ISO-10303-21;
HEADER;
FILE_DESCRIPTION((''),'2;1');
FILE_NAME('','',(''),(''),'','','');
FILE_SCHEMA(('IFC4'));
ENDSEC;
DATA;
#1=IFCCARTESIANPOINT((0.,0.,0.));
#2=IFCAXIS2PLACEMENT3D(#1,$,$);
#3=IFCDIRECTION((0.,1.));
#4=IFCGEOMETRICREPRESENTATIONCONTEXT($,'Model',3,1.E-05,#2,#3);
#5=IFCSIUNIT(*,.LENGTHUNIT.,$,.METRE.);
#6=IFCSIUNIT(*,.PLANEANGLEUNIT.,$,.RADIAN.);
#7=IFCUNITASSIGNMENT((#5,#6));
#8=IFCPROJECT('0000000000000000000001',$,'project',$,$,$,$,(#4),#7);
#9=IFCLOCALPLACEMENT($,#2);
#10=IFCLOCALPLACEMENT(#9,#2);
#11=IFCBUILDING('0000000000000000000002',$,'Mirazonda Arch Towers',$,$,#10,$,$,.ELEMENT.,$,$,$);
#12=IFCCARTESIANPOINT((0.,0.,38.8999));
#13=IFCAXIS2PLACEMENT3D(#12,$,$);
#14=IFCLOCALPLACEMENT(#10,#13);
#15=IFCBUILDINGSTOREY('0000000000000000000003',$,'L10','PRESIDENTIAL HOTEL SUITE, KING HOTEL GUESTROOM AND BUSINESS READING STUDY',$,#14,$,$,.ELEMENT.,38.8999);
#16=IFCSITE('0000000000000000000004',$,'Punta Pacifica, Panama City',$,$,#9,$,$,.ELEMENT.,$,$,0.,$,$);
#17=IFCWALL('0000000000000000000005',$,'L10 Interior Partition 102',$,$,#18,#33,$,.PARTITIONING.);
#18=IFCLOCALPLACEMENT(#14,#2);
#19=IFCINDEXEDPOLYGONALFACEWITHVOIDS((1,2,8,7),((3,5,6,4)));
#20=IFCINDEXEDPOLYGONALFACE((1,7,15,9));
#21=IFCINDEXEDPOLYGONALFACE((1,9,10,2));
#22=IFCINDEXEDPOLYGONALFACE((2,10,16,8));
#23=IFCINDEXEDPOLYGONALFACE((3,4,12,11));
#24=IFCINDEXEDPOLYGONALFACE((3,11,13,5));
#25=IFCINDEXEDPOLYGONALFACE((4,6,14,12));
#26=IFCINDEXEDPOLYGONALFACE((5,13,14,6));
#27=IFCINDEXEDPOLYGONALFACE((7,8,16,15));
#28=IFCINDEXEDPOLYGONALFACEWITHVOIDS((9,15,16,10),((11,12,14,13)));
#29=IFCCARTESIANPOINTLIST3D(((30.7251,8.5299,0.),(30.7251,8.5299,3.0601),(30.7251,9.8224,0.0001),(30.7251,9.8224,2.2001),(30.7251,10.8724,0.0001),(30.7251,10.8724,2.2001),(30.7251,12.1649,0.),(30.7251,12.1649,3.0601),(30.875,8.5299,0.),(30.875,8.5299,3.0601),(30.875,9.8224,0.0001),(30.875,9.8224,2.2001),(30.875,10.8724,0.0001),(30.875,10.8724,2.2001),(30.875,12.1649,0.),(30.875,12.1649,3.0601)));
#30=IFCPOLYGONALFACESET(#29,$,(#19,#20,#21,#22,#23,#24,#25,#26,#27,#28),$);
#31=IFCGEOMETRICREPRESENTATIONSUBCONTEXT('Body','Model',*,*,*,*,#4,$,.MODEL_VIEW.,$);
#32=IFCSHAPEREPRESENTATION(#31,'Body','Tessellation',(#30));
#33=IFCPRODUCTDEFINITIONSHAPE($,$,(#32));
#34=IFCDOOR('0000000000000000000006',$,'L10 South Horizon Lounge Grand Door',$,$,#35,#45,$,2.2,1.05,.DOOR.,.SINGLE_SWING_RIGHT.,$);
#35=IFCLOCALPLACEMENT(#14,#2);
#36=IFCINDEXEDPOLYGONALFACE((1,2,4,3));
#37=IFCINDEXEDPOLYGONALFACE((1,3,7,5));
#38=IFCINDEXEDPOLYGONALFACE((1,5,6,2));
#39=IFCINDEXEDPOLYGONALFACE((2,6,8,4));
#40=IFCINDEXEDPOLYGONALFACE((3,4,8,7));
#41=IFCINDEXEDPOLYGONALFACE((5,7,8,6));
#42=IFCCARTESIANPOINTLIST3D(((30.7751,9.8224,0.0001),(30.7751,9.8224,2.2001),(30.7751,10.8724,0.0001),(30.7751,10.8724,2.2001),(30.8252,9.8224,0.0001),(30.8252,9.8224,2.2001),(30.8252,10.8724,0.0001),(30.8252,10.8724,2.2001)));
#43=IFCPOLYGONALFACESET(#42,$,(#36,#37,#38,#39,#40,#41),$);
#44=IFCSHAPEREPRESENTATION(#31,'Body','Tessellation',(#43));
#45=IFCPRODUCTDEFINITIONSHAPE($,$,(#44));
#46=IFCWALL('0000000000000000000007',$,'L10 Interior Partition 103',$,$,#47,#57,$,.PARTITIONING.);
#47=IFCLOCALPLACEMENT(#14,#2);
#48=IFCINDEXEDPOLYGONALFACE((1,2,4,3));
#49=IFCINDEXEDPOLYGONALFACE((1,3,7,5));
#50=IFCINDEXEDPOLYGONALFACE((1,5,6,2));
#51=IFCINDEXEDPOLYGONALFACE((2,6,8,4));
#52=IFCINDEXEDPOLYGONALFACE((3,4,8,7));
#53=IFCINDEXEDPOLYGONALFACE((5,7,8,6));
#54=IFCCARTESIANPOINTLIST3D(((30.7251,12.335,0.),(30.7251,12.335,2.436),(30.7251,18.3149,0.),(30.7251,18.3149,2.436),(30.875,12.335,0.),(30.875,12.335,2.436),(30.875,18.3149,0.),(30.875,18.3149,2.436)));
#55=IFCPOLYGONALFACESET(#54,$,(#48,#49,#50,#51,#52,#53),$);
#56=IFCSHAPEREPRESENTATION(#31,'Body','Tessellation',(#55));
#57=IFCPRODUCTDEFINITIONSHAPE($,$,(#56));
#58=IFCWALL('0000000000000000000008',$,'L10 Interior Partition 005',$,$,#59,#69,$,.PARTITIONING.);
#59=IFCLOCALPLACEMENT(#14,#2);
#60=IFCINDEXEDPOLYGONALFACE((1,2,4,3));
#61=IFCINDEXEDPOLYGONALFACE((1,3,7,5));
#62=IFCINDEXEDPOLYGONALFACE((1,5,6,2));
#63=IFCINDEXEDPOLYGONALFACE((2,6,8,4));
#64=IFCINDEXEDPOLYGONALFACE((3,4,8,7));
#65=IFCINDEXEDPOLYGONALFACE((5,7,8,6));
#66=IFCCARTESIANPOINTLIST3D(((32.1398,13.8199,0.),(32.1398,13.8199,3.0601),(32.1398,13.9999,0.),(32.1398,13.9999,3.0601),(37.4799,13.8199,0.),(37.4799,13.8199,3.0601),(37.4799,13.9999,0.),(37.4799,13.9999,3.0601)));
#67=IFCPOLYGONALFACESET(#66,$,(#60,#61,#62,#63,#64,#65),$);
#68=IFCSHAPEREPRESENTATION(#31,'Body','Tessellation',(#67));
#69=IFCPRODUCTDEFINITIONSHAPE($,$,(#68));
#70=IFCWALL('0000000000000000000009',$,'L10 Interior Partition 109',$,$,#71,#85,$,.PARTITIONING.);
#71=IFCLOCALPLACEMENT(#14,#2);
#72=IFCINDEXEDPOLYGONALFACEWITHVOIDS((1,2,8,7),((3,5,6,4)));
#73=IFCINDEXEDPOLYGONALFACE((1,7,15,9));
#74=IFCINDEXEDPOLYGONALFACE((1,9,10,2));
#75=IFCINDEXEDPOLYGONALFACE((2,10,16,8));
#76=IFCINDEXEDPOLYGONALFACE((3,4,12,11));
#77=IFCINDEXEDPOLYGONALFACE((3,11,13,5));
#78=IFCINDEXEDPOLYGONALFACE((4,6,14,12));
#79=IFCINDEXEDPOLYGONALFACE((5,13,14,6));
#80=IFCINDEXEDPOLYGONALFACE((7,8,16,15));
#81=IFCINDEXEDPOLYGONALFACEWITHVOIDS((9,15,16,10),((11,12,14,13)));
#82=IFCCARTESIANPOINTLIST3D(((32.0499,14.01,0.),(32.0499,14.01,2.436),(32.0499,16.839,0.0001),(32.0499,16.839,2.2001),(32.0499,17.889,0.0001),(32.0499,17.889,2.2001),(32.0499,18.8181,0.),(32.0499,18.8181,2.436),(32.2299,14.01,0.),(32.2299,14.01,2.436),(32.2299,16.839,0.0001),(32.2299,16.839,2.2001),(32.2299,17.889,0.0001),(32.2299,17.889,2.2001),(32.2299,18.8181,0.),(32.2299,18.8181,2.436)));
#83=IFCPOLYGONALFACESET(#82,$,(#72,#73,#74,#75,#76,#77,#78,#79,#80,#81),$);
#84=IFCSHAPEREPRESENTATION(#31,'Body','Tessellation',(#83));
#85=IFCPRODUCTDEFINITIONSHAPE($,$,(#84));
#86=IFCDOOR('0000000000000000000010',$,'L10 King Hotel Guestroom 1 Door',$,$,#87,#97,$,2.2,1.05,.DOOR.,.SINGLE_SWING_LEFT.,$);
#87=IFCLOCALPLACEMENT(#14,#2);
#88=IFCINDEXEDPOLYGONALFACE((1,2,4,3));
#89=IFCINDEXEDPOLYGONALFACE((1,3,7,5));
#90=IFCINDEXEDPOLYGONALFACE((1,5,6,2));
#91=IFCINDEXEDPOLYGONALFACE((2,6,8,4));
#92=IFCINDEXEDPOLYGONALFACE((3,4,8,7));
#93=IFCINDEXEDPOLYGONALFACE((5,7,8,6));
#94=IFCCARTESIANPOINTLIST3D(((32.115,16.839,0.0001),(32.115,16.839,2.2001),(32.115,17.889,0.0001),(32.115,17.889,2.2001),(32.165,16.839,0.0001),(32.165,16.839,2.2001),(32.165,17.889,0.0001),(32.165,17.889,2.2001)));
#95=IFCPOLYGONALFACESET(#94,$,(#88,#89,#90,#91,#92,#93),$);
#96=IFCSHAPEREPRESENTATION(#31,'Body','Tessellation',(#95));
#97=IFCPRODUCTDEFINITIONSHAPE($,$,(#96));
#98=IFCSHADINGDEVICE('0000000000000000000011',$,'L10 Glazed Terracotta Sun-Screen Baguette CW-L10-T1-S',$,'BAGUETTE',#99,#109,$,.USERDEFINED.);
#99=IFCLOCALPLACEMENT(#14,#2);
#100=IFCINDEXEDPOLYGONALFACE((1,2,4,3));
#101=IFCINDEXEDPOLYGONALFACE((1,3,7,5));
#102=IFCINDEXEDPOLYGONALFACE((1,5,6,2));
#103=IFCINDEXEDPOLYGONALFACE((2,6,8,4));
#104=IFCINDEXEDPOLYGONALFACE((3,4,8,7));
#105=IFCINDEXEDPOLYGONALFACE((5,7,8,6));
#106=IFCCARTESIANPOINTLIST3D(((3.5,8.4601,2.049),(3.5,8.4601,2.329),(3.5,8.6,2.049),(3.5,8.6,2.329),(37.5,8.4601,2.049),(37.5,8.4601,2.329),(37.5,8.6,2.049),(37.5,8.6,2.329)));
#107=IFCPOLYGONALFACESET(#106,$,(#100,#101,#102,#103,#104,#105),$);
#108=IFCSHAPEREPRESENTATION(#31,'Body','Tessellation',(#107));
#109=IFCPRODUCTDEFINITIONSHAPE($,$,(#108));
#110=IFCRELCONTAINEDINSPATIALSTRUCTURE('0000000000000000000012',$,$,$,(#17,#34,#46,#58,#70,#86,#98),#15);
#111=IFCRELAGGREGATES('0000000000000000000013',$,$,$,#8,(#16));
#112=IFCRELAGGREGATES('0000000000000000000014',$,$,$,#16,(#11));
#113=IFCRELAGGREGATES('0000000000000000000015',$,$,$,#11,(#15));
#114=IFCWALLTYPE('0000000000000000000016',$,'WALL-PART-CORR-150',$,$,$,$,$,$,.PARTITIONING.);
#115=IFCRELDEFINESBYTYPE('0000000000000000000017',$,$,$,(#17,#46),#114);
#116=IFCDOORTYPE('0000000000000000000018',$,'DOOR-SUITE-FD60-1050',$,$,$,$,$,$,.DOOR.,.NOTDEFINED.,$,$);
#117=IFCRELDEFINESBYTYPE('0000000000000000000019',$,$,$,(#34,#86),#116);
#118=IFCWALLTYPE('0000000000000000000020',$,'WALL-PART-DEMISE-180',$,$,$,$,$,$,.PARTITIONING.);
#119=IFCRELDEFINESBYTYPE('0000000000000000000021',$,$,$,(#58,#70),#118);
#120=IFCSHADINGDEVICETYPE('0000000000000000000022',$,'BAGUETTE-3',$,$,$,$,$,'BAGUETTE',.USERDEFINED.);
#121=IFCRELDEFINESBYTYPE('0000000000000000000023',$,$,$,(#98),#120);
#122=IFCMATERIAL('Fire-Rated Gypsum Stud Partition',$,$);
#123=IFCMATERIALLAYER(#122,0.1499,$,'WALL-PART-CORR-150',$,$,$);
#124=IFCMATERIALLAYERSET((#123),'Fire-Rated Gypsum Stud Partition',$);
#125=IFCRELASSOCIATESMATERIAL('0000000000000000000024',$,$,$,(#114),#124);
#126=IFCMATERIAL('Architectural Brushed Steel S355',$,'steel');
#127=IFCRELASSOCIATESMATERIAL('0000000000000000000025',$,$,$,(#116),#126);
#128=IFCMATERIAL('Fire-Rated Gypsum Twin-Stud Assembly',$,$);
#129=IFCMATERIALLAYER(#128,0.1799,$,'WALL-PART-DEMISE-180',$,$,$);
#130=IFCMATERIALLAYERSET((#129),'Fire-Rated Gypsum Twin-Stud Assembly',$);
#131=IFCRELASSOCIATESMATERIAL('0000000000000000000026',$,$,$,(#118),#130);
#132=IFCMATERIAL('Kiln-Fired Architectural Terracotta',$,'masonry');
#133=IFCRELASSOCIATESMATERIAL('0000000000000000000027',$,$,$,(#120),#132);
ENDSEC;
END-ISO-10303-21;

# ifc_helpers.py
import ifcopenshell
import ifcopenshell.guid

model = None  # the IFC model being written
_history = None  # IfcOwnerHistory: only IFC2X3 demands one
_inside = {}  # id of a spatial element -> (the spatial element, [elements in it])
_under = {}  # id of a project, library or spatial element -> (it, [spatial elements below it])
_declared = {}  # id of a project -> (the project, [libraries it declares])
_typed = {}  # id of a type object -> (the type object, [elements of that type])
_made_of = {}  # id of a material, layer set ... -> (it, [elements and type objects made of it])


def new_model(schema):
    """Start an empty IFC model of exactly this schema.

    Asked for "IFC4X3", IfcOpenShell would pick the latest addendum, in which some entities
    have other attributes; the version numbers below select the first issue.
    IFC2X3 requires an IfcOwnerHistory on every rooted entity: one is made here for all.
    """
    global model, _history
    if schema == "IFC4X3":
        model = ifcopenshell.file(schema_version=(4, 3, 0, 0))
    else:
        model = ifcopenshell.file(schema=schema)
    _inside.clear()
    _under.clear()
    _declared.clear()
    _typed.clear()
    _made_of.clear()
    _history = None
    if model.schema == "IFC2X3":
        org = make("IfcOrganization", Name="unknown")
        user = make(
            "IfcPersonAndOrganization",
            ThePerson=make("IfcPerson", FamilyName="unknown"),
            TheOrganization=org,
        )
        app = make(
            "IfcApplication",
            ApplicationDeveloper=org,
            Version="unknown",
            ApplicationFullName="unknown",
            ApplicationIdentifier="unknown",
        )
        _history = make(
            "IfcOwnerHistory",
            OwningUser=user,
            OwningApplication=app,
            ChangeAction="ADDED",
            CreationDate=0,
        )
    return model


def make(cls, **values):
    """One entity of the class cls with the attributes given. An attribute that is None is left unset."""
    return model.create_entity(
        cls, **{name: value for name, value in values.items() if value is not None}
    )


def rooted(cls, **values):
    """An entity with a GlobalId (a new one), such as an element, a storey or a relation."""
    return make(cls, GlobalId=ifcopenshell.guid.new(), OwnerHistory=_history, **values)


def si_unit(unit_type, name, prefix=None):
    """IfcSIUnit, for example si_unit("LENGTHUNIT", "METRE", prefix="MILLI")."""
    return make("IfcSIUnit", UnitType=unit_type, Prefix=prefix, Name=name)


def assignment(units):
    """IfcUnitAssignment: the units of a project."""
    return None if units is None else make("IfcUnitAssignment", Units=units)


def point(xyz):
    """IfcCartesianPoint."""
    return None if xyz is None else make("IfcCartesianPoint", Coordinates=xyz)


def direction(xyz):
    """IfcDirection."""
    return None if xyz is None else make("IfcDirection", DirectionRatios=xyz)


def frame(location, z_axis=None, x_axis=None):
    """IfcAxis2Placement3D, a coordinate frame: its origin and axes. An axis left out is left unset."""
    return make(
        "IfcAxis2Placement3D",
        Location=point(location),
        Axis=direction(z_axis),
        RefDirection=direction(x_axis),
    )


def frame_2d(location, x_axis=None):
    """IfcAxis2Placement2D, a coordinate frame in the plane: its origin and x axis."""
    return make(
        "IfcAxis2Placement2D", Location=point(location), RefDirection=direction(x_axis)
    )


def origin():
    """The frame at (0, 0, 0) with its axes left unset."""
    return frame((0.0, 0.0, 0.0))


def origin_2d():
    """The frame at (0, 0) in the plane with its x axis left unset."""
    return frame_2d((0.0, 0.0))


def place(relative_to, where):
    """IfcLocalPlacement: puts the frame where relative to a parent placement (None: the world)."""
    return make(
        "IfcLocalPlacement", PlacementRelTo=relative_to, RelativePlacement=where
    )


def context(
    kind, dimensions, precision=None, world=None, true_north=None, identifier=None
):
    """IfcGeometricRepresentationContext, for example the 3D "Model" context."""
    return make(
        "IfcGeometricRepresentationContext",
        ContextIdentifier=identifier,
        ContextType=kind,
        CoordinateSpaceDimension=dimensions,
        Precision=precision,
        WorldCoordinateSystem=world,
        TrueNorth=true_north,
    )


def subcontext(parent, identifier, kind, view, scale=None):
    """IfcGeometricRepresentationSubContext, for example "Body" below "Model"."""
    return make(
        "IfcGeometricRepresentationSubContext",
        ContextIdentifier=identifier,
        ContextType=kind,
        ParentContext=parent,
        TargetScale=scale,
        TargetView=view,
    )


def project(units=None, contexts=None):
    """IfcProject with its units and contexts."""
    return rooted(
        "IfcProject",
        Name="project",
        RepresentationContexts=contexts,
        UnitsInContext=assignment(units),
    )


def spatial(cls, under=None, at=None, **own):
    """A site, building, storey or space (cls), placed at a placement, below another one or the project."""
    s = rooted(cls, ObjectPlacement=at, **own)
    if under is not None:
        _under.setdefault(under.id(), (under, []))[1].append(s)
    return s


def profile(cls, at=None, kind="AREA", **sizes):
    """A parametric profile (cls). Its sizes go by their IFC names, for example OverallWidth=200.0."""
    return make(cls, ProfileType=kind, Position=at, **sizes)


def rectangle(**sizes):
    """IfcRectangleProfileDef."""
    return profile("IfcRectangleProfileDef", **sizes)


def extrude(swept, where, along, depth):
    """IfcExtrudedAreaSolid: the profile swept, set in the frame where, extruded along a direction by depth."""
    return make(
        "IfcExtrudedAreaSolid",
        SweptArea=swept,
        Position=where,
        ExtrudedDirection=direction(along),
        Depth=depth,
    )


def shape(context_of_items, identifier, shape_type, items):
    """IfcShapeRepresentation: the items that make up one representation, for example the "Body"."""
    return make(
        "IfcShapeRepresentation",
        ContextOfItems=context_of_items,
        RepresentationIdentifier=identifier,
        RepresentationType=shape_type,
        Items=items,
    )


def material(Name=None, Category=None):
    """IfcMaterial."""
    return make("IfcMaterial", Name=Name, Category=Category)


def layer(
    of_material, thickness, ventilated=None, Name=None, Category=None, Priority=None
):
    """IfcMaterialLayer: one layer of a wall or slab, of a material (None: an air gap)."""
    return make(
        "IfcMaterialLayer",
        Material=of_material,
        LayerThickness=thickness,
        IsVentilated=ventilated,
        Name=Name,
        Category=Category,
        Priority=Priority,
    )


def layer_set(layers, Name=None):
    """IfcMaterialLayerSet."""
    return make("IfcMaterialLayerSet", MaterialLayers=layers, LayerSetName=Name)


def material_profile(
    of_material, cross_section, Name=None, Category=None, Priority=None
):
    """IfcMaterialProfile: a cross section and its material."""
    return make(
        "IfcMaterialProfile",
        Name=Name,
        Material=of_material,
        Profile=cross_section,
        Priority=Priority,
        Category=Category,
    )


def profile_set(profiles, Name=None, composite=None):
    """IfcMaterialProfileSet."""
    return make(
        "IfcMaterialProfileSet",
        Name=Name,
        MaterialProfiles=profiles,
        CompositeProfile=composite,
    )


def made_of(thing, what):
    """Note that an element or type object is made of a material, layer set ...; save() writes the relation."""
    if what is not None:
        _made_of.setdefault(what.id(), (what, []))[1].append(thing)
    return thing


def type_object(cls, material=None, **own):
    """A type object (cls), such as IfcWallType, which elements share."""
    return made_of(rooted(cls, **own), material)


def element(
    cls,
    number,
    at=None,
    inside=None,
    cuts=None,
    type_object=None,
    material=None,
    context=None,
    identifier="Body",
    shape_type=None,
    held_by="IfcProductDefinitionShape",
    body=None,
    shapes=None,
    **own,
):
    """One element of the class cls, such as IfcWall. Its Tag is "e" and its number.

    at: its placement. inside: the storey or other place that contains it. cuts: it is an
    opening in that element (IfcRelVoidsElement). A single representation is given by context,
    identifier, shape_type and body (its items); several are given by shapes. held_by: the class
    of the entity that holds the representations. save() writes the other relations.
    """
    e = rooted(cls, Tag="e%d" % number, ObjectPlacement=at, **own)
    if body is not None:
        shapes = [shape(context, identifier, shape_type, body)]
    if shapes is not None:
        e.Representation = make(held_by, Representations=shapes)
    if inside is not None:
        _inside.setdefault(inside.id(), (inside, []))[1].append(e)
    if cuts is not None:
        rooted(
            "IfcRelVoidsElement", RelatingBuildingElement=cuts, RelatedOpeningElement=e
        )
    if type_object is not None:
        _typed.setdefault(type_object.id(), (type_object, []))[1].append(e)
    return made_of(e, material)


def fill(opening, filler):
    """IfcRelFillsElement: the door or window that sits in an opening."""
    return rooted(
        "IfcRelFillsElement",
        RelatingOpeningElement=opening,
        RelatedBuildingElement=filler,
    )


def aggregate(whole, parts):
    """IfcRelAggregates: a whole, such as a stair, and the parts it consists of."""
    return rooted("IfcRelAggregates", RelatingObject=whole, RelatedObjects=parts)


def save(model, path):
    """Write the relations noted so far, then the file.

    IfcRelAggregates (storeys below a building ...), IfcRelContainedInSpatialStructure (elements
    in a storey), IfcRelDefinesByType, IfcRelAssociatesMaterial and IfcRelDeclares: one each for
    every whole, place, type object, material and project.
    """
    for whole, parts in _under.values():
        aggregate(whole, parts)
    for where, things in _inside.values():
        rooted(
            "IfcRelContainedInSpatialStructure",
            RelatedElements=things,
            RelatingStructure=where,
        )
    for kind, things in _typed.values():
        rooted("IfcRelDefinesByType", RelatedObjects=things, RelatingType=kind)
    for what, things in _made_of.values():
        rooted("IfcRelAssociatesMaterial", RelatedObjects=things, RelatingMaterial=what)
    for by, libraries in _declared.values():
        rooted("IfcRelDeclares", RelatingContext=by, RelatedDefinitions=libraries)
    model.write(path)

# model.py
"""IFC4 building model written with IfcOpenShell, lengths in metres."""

from ifc_helpers import new_model, si_unit, direction, frame, frame_2d, origin, origin_2d, place, context, subcontext, project, spatial, rectangle, extrude, material, layer, layer_set, material_profile, profile_set, type_object, element, fill, save


model = new_model("IFC4")

# Units and contexts
model_context = context("Model", 3, precision=1e-05, world=origin(), true_north=direction((0.0, 1.0)))
body_context = subcontext(model_context, "Body", "Model", "MODEL_VIEW")
ifc_project = project(units=[si_unit("LENGTHUNIT", "METRE"), si_unit("PLANEANGLEUNIT", "RADIAN")], contexts=[model_context])

# Site, building, storey
site_placement = place(None, origin())
site = spatial("IfcSite", under=ifc_project, at=site_placement, Name="Punta Pacifica, Panama City", CompositionType="ELEMENT", RefElevation=0.0)
building_placement = place(site_placement, origin())
building = spatial("IfcBuilding", under=site, at=building_placement, Name="Mirazonda Arch Towers", CompositionType="ELEMENT")
storey_placement = place(building_placement, frame((0.0, 0.0, 38.8999)))
storey = spatial("IfcBuildingStorey", under=building, at=storey_placement, Name="L10", Description="PRESIDENTIAL HOTEL SUITE, KING HOTEL GUESTROOM AND BUSINESS READING STUDY", CompositionType="ELEMENT", Elevation=38.8999)

# Shared definitions
ifc_material_1 = material(Name="Fire-Rated Gypsum Stud Partition")
ifc_layer_1 = layer(ifc_material_1, 0.1499, Name="WALL-PART-CORR-150")
ifc_layer_set_1 = layer_set([ifc_layer_1], Name="Fire-Rated Gypsum Stud Partition")
wall_type_1 = type_object("IfcWallType", Name="WALL-PART-CORR-150", PredefinedType="PARTITIONING", material=ifc_layer_set_1)

# Wall, opening, door
wall_1_placement = place(storey_placement, frame((30.8, 8.53, 0.0), z_axis=(0.0, 0.0, 1.0), x_axis=(0.0, 1.0, 0.0)))
wall_1 = element("IfcWall", 1, at=wall_1_placement, inside=storey, type_object=wall_type_1, Name="L10 Interior Partition 102", PredefinedType="PARTITIONING", context=body_context, shape_type="SweptSolid", body=[
    extrude(rectangle(XDim=3.635, YDim=0.1499, at=frame_2d((1.8174, 0.0))), origin(), (0.0, 0.0, 1.0), 3.0601),
])
opening_1_placement = place(wall_1_placement, frame((1.2925, 0.0, 0.0)))
opening_1 = element("IfcOpeningElement", 2, at=opening_1_placement, cuts=wall_1, PredefinedType="OPENING", context=body_context, shape_type="SweptSolid", body=[
    extrude(rectangle(XDim=1.05, YDim=2.2, at=frame_2d((0.5249, 1.1001))), frame((0.0, 0.085, 0.0), z_axis=(0.0, -1.0, 0.0), x_axis=(1.0, 0.0, 0.0)), (0.0, 0.0, 1.0), 0.1699),
])
ifc_material_2 = material(Name="Architectural Brushed Steel S355", Category="steel")
door_type_1 = type_object("IfcDoorType", Name="DOOR-SUITE-FD60-1050", OperationType="NOTDEFINED", PredefinedType="DOOR", material=ifc_material_2)
door_1_placement = place(opening_1_placement, origin())
door_1 = element("IfcDoor", 3, at=door_1_placement, inside=storey, type_object=door_type_1, Name="L10 South Horizon Lounge Grand Door", OperationType="SINGLE_SWING_RIGHT", OverallHeight=2.2, OverallWidth=1.05, PredefinedType="DOOR", context=body_context, shape_type="SweptSolid", body=[
    extrude(rectangle(XDim=1.05, YDim=2.2, at=frame_2d((0.5249, 1.1001))), frame((0.0, 0.0249, 0.0), z_axis=(0.0, -1.0, 0.0), x_axis=(1.0, 0.0, 0.0)), (0.0, 0.0, 1.0), 0.05),
])
fill(opening_1, door_1)

# Walls
wall_2_placement = place(storey_placement, frame((30.8, 12.335, 0.0), z_axis=(0.0, 0.0, 1.0), x_axis=(0.0, 1.0, 0.0)))
element("IfcWall", 4, at=wall_2_placement, inside=storey, type_object=wall_type_1, Name="L10 Interior Partition 103", PredefinedType="PARTITIONING", context=body_context, shape_type="SweptSolid", body=[
    extrude(rectangle(XDim=5.98, YDim=0.1499, at=frame_2d((2.99, 0.0))), origin(), (0.0, 0.0, 1.0), 2.436),
])
ifc_material_3 = material(Name="Fire-Rated Gypsum Twin-Stud Assembly")
ifc_layer_2 = layer(ifc_material_3, 0.1799, Name="WALL-PART-DEMISE-180")
ifc_layer_set_2 = layer_set([ifc_layer_2], Name="Fire-Rated Gypsum Twin-Stud Assembly")
wall_type_2 = type_object("IfcWallType", Name="WALL-PART-DEMISE-180", PredefinedType="PARTITIONING", material=ifc_layer_set_2)
wall_3_placement = place(storey_placement, frame((32.1399, 13.9099, 0.0), z_axis=(0.0, 0.0, 1.0), x_axis=(1.0, 0.0, 0.0)))
element("IfcWall", 5, at=wall_3_placement, inside=storey, type_object=wall_type_2, Name="L10 Interior Partition 005", PredefinedType="PARTITIONING", context=body_context, shape_type="SweptSolid", body=[
    extrude(rectangle(XDim=5.3401, YDim=0.1799, at=frame_2d((2.6699, 0.0))), origin(), (0.0, 0.0, 1.0), 3.0601),
])

# Wall, opening, door
wall_4_placement = place(storey_placement, frame((32.1399, 14.01, 0.0), z_axis=(0.0, 0.0, 1.0), x_axis=(0.0, 1.0, 0.0)))
wall_4 = element("IfcWall", 6, at=wall_4_placement, inside=storey, type_object=wall_type_2, Name="L10 Interior Partition 109", PredefinedType="PARTITIONING", context=body_context, shape_type="SweptSolid", body=[
    extrude(rectangle(XDim=4.8081, YDim=0.1799, at=frame_2d((2.4041, 0.0))), origin(), (0.0, 0.0, 1.0), 2.436),
])
opening_2_placement = place(wall_4_placement, frame((2.8291, 0.0, 0.0)))
opening_2 = element("IfcOpeningElement", 7, at=opening_2_placement, cuts=wall_4, PredefinedType="OPENING", context=body_context, shape_type="SweptSolid", body=[
    extrude(rectangle(XDim=1.05, YDim=2.2, at=frame_2d((0.5249, 1.1001))), frame((0.0, 0.0999, 0.0), z_axis=(0.0, -1.0, 0.0), x_axis=(1.0, 0.0, 0.0)), (0.0, 0.0, 1.0), 0.2),
])
door_2_placement = place(opening_2_placement, origin())
door_2 = element("IfcDoor", 8, at=door_2_placement, inside=storey, type_object=door_type_1, Name="L10 King Hotel Guestroom 1 Door", OperationType="SINGLE_SWING_LEFT", OverallHeight=2.2, OverallWidth=1.05, PredefinedType="DOOR", context=body_context, shape_type="SweptSolid", body=[
    extrude(rectangle(XDim=1.05, YDim=2.2, at=frame_2d((0.5249, 1.1001))), frame((0.0, 0.0249, 0.0), z_axis=(0.0, -1.0, 0.0), x_axis=(1.0, 0.0, 0.0)), (0.0, 0.0, 1.0), 0.05),
])
fill(opening_2, door_2)

# Shading device
ifc_material_4 = material(Name="Kiln-Fired Architectural Terracotta", Category="masonry")
ifc_material_profile_1 = material_profile(ifc_material_4, rectangle(XDim=0.1399, YDim=0.28, at=origin_2d()), Name="TERRA-BAG-140x280")
ifc_profile_set_1 = profile_set([ifc_material_profile_1], Name="Kiln-Fired Architectural Terracotta")
shading_device_type = type_object("IfcShadingDeviceType", Name="BAGUETTE-3", ElementType="BAGUETTE", PredefinedType="USERDEFINED", material=ifc_profile_set_1)
shading_device_placement = place(storey_placement, frame((37.5, 8.53, 2.189), z_axis=(-1.0, 0.0, 0.0), x_axis=(0.0, -1.0, 0.0)))
element("IfcShadingDevice", 9, at=shading_device_placement, inside=storey, type_object=shading_device_type, Name="L10 Glazed Terracotta Sun-Screen Baguette CW-L10-T1-S", ObjectType="BAGUETTE", PredefinedType="USERDEFINED", context=body_context, shape_type="SweptSolid", body=[
    extrude(rectangle(XDim=0.1399, YDim=0.28, at=origin_2d()), origin(), (0.0, 0.0, 1.0), 34.0),
])

save(model, "model.ifc")
